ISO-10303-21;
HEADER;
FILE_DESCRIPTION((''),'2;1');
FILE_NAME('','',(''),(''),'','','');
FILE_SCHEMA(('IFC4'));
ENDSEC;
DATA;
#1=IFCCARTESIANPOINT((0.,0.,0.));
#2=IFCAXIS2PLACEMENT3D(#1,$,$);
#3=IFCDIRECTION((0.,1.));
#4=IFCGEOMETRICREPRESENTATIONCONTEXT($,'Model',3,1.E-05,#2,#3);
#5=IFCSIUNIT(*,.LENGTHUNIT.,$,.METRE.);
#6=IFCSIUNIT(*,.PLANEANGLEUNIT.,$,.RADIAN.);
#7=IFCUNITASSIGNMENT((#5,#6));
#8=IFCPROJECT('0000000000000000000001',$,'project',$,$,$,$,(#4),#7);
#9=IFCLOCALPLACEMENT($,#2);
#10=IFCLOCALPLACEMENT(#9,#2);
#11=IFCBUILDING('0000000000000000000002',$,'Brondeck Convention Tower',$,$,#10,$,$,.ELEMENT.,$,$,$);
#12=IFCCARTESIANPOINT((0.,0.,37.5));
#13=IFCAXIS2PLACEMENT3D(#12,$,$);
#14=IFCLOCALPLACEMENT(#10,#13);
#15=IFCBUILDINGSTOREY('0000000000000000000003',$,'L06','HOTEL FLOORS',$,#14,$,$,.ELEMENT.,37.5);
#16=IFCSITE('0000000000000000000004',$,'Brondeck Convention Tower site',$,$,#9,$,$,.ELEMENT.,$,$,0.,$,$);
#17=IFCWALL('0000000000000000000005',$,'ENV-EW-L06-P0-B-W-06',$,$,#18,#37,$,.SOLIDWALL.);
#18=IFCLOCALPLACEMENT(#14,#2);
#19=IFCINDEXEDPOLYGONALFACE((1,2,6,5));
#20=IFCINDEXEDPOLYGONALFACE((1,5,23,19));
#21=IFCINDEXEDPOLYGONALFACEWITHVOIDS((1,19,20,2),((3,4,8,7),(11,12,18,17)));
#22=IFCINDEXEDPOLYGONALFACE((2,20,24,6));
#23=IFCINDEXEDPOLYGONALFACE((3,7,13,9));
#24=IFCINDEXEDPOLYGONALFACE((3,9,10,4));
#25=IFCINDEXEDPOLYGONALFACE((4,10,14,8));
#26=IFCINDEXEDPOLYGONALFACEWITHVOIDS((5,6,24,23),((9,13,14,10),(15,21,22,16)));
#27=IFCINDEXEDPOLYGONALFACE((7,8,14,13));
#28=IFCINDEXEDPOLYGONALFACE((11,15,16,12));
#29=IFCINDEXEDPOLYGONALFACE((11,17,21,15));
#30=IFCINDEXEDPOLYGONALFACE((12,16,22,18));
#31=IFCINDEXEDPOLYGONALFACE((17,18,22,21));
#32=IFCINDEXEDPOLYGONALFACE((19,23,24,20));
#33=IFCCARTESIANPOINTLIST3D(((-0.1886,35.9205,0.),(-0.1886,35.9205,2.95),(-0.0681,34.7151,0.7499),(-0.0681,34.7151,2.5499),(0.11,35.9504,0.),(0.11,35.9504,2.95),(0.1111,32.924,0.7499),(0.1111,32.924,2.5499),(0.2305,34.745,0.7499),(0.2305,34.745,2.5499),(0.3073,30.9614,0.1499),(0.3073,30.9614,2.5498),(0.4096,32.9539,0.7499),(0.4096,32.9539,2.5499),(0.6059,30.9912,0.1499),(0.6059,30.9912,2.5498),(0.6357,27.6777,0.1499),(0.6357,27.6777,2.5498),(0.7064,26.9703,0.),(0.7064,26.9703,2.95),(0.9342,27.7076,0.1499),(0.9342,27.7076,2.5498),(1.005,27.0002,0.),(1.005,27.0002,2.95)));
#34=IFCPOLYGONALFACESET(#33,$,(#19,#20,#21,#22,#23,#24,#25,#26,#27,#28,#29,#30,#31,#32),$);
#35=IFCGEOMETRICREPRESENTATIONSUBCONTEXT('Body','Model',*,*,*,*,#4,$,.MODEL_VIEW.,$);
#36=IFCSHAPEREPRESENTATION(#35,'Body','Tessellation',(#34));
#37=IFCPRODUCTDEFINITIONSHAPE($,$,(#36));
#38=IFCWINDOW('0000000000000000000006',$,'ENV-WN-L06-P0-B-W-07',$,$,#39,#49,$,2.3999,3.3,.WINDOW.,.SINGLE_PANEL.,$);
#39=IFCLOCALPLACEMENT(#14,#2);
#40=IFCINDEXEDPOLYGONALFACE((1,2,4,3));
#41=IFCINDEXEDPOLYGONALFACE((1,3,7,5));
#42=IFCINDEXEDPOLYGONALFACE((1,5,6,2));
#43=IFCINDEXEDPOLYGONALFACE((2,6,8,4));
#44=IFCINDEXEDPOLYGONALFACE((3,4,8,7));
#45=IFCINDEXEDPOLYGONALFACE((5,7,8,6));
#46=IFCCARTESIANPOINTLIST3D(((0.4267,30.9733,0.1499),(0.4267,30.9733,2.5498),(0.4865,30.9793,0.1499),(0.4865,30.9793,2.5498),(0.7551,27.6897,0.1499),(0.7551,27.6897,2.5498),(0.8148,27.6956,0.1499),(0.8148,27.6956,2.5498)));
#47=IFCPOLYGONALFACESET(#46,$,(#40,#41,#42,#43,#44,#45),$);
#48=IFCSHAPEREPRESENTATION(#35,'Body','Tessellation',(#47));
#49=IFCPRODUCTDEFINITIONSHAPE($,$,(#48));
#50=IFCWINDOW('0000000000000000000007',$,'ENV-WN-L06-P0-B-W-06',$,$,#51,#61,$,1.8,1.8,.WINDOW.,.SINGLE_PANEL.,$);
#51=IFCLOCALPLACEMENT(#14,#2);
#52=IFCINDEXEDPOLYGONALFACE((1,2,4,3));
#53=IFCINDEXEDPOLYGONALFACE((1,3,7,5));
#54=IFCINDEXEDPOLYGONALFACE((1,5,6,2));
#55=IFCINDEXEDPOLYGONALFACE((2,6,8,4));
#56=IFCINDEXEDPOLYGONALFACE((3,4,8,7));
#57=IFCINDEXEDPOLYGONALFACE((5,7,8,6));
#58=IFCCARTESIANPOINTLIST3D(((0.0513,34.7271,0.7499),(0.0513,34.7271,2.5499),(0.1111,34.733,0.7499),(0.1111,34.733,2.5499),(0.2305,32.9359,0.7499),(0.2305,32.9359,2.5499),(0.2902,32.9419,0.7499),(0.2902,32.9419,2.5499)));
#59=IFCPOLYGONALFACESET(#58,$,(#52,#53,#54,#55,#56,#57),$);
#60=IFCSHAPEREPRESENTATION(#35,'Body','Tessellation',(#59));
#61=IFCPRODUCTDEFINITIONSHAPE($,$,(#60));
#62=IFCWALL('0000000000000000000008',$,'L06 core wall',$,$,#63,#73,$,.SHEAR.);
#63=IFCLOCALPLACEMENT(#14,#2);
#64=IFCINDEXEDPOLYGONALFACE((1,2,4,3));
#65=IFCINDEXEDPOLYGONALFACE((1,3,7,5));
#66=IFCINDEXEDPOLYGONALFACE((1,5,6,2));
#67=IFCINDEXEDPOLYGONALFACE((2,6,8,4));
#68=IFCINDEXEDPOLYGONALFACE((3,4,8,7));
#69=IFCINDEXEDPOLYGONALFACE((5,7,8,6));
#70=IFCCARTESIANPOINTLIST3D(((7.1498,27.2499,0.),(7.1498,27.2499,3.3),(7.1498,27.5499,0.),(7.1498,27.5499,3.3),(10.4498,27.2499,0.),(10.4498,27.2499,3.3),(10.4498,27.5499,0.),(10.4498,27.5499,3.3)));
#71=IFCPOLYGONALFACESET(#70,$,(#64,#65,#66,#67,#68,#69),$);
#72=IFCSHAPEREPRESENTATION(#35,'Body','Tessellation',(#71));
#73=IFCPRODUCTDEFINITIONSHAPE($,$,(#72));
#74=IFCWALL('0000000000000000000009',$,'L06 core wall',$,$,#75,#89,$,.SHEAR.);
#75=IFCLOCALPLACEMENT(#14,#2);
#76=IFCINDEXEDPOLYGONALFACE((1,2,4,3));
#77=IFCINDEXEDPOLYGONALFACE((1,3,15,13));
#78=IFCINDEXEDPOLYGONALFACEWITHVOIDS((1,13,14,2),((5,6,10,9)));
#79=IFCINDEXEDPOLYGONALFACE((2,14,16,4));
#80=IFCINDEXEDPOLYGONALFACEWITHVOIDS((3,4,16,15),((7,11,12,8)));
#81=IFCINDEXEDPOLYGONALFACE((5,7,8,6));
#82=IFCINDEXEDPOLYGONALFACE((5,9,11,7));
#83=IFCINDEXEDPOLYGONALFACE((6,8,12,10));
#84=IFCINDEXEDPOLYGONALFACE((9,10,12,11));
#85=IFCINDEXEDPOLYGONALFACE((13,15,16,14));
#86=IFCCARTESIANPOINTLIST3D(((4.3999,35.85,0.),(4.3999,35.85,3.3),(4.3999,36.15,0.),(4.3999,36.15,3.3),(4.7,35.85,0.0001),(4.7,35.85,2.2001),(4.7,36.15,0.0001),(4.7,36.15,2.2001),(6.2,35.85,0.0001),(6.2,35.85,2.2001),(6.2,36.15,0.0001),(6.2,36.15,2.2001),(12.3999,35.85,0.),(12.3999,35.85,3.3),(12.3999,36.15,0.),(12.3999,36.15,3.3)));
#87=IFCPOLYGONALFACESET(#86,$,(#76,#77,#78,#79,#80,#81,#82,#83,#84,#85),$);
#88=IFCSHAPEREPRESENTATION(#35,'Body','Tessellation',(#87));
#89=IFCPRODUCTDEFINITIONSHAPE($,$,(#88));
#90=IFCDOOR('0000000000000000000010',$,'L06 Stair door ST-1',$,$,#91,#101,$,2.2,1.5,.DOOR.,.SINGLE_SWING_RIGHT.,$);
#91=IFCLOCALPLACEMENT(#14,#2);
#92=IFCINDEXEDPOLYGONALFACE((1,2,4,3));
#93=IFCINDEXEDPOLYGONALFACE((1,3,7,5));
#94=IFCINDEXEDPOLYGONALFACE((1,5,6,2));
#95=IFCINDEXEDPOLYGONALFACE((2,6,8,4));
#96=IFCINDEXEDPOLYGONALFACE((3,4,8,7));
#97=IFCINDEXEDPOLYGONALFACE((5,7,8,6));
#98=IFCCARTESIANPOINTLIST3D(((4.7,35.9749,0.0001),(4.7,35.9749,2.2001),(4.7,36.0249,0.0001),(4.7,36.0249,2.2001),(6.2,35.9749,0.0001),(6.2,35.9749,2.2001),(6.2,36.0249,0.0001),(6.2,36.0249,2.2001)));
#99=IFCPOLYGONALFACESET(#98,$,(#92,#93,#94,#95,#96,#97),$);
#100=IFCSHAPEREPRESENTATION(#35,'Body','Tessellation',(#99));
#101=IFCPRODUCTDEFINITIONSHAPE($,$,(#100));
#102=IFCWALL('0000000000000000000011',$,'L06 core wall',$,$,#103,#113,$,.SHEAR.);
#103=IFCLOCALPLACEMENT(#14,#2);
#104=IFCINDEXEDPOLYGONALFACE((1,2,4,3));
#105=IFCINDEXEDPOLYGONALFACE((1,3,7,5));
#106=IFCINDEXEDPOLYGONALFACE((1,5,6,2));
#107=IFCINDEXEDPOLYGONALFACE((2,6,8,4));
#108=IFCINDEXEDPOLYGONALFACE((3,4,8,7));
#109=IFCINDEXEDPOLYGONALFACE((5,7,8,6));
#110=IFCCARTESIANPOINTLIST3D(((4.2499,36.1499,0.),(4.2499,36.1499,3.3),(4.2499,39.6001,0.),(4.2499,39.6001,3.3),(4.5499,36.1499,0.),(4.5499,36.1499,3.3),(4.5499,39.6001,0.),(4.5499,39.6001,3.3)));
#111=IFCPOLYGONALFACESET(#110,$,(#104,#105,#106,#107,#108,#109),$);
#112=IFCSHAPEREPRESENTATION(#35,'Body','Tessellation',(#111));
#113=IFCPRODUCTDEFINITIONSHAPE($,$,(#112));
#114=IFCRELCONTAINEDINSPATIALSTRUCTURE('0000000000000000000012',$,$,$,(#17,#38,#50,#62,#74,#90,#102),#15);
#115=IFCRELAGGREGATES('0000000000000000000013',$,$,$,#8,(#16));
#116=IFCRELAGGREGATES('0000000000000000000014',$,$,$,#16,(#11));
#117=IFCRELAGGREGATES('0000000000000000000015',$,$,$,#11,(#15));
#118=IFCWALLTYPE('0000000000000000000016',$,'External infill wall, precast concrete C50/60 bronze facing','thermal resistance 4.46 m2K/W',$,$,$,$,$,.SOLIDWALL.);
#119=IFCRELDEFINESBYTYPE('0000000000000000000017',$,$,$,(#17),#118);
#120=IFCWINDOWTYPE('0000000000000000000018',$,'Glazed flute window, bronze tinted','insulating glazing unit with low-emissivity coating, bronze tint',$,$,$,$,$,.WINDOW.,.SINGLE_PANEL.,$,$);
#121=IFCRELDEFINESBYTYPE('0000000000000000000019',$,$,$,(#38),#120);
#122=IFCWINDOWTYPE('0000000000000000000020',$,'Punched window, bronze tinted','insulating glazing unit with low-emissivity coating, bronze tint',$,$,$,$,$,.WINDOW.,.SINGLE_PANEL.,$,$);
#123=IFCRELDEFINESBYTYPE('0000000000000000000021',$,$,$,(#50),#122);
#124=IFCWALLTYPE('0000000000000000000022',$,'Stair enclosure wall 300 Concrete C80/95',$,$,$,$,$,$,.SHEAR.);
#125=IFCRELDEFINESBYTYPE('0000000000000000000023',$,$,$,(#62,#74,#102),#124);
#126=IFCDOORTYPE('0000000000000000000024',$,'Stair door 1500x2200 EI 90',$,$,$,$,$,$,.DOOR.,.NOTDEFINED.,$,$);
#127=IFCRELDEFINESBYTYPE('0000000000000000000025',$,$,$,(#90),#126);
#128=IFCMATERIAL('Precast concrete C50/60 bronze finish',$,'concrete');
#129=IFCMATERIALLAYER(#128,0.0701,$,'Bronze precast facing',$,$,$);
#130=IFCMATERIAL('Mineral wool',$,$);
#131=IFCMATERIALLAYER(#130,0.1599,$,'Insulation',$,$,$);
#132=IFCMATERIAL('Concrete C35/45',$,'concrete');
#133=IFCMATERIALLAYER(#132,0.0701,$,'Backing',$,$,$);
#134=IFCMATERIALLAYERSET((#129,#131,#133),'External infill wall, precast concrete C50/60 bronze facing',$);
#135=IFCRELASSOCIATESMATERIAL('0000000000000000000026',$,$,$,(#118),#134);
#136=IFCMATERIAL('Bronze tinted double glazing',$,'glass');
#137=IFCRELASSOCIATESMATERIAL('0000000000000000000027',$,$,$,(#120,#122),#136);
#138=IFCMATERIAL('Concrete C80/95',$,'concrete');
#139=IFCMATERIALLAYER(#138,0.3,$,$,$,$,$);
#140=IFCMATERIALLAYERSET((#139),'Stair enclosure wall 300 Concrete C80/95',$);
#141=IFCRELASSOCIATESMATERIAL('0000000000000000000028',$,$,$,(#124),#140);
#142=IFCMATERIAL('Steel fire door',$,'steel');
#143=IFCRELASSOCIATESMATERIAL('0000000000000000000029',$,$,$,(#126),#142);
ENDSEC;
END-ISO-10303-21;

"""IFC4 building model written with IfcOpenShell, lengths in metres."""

from ifc_helpers import new_model, si_unit, direction, frame, frame_2d, origin, place, context, subcontext, project, spatial, rectangle, extrude, material, layer, layer_set, type_object, element, fill, save


model = new_model("IFC4")

# Units and contexts
model_context = context("Model", 3, precision=1e-05, world=origin(), true_north=direction((0.0, 1.0)))
body_context = subcontext(model_context, "Body", "Model", "MODEL_VIEW")
ifc_project = project(units=[si_unit("LENGTHUNIT", "METRE"), si_unit("PLANEANGLEUNIT", "RADIAN")], contexts=[model_context])

# Site, building, storey
site_placement = place(None, origin())
site = spatial("IfcSite", under=ifc_project, at=site_placement, Name="Brondeck Convention Tower site", CompositionType="ELEMENT", RefElevation=0.0)
building_placement = place(site_placement, origin())
building = spatial("IfcBuilding", under=site, at=building_placement, Name="Brondeck Convention Tower", CompositionType="ELEMENT")
storey_placement = place(building_placement, frame((0.0, 0.0, 37.5)))
storey = spatial("IfcBuildingStorey", under=building, at=storey_placement, Name="L06", Description="HOTEL FLOORS", CompositionType="ELEMENT", Elevation=37.5)

# Shared definitions
ifc_material_1 = material(Name="Concrete C80/95", Category="concrete")

# Shared definitions
ifc_material_2 = material(Name="Steel fire door", Category="steel")

# Wall, openings, windows
ifc_material_3 = material(Name="Precast concrete C50/60 bronze finish", Category="concrete")
ifc_layer_1 = layer(ifc_material_3, 0.0701, Name="Bronze precast facing")
ifc_material_4 = material(Name="Mineral wool")
ifc_layer_2 = layer(ifc_material_4, 0.1599, Name="Insulation")
ifc_material_5 = material(Name="Concrete C35/45", Category="concrete")
ifc_layer_3 = layer(ifc_material_5, 0.0701, Name="Backing")
ifc_layer_set_1 = layer_set([ifc_layer_1, ifc_layer_2, ifc_layer_3], Name="External infill wall, precast concrete C50/60 bronze facing")
wall_type_1 = type_object("IfcWallType", Name="External infill wall, precast concrete C50/60 bronze facing", Description="thermal resistance 4.46 m2K/W", PredefinedType="SOLIDWALL", material=ifc_layer_set_1)
wall_1_placement = place(storey_placement, frame((0.8557, 26.9851, 0.0), z_axis=(0.0, 0.0, 1.0), x_axis=(-0.099504, 0.995037, 0.0)))
wall_1 = element("IfcWall", 1, at=wall_1_placement, inside=storey, type_object=wall_type_1, Name="ENV-EW-L06-P0-B-W-06", PredefinedType="SOLIDWALL", context=body_context, shape_type="SweptSolid", body=[
    extrude(rectangle(XDim=8.9949, YDim=0.3, at=frame_2d((4.4976, 0.0))), origin(), (0.0, 0.0, 1.0), 2.95),
])
opening_1_placement = place(wall_1_placement, frame((0.7112, 0.0, 0.1499)))
opening_1 = element("IfcOpeningElement", 2, at=opening_1_placement, cuts=wall_1, PredefinedType="OPENING", context=body_context, shape_type="SweptSolid", body=[
    extrude(rectangle(XDim=3.3, YDim=2.3999, at=frame_2d((1.6499, 1.2))), frame((0.0, 0.1599, 0.0), z_axis=(0.0, -1.0, 0.0), x_axis=(1.0, 0.0, 0.0)), (0.0, 0.0, 1.0), 0.3201),
])
opening_2_placement = place(wall_1_placement, frame((5.9836, 0.0, 0.75)))
opening_2 = element("IfcOpeningElement", 3, at=opening_2_placement, cuts=wall_1, PredefinedType="OPENING", context=body_context, shape_type="SweptSolid", body=[
    extrude(rectangle(XDim=1.8, YDim=1.8, at=frame_2d((0.8999, 0.8999))), frame((0.0, 0.1599, 0.0), z_axis=(0.0, -1.0, 0.0), x_axis=(1.0, 0.0, 0.0)), (0.0, 0.0, 1.0), 0.3201),
])
ifc_material_6 = material(Name="Bronze tinted double glazing", Category="glass")
window_type_1 = type_object("IfcWindowType", Name="Glazed flute window, bronze tinted", Description="insulating glazing unit with low-emissivity coating, bronze tint", PartitioningType="SINGLE_PANEL", PredefinedType="WINDOW", material=ifc_material_6)
window_1_placement = place(opening_1_placement, origin())
window_1 = element("IfcWindow", 4, at=window_1_placement, inside=storey, type_object=window_type_1, Name="ENV-WN-L06-P0-B-W-07", OverallHeight=2.3999, OverallWidth=3.3, PartitioningType="SINGLE_PANEL", PredefinedType="WINDOW", context=body_context, shape_type="SweptSolid", body=[
    extrude(rectangle(XDim=3.3, YDim=2.3999, at=frame_2d((1.6499, 1.2))), frame((0.0, 0.03, 0.0), z_axis=(0.0, -1.0, 0.0), x_axis=(1.0, 0.0, 0.0)), (0.0, 0.0, 1.0), 0.0601),
])
fill(opening_1, window_1)
window_type_2 = type_object("IfcWindowType", Name="Punched window, bronze tinted", Description="insulating glazing unit with low-emissivity coating, bronze tint", PartitioningType="SINGLE_PANEL", PredefinedType="WINDOW", material=ifc_material_6)
window_2_placement = place(opening_2_placement, origin())
window_2 = element("IfcWindow", 5, at=window_2_placement, inside=storey, type_object=window_type_2, Name="ENV-WN-L06-P0-B-W-06", OverallHeight=1.8, OverallWidth=1.8, PartitioningType="SINGLE_PANEL", PredefinedType="WINDOW", context=body_context, shape_type="SweptSolid", body=[
    extrude(rectangle(XDim=1.8, YDim=1.8, at=frame_2d((0.8999, 0.8999))), frame((0.0, 0.03, 0.0), z_axis=(0.0, -1.0, 0.0), x_axis=(1.0, 0.0, 0.0)), (0.0, 0.0, 1.0), 0.0601),
])
fill(opening_2, window_2)

# Wall
ifc_layer_4 = layer(ifc_material_1, 0.3)
ifc_layer_set_2 = layer_set([ifc_layer_4], Name="Stair enclosure wall 300 Concrete C80/95")
wall_type_2 = type_object("IfcWallType", Name="Stair enclosure wall 300 Concrete C80/95", PredefinedType="SHEAR", material=ifc_layer_set_2)
wall_2_placement = place(storey_placement, frame((7.1499, 27.3999, 0.0), z_axis=(0.0, 0.0, 1.0), x_axis=(1.0, 0.0, 0.0)))
element("IfcWall", 6, at=wall_2_placement, inside=storey, type_object=wall_type_2, Name="L06 core wall", PredefinedType="SHEAR", context=body_context, shape_type="SweptSolid", body=[
    extrude(rectangle(XDim=3.3, YDim=0.3, at=frame_2d((1.6499, 0.0))), origin(), (0.0, 0.0, 1.0), 3.3),
])

# Wall, opening, door
wall_3_placement = place(storey_placement, frame((4.3999, 36.0, 0.0), z_axis=(0.0, 0.0, 1.0), x_axis=(1.0, 0.0, 0.0)))
wall_3 = element("IfcWall", 7, at=wall_3_placement, inside=storey, type_object=wall_type_2, Name="L06 core wall", PredefinedType="SHEAR", context=body_context, shape_type="SweptSolid", body=[
    extrude(rectangle(XDim=8.0, YDim=0.3, at=frame_2d((4.0, 0.0))), origin(), (0.0, 0.0, 1.0), 3.3),
])
opening_3_placement = place(wall_3_placement, frame((0.3, 0.0, 0.0)))
opening_3 = element("IfcOpeningElement", 8, at=opening_3_placement, cuts=wall_3, PredefinedType="OPENING", context=body_context, shape_type="SweptSolid", body=[
    extrude(rectangle(XDim=1.5, YDim=2.2, at=frame_2d((0.75, 1.1001))), frame((0.0, 0.1599, 0.0), z_axis=(0.0, -1.0, 0.0), x_axis=(1.0, 0.0, 0.0)), (0.0, 0.0, 1.0), 0.3201),
])
door_type_1 = type_object("IfcDoorType", Name="Stair door 1500x2200 EI 90", OperationType="NOTDEFINED", PredefinedType="DOOR", material=ifc_material_2)
door_1_placement = place(opening_3_placement, origin())
door_1 = element("IfcDoor", 9, at=door_1_placement, inside=storey, type_object=door_type_1, Name="L06 Stair door ST-1", OperationType="SINGLE_SWING_RIGHT", OverallHeight=2.2, OverallWidth=1.5, PredefinedType="DOOR", context=body_context, shape_type="SweptSolid", body=[
    extrude(rectangle(XDim=1.5, YDim=2.2, at=frame_2d((0.75, 1.1001))), frame((0.0, 0.0249, 0.0), z_axis=(0.0, -1.0, 0.0), x_axis=(1.0, 0.0, 0.0)), (0.0, 0.0, 1.0), 0.05),
])
fill(opening_3, door_1)

# Wall
wall_4_placement = place(storey_placement, frame((4.3999, 36.1499, 0.0), z_axis=(0.0, 0.0, 1.0), x_axis=(0.0, 1.0, 0.0)))
element("IfcWall", 10, at=wall_4_placement, inside=storey, type_object=wall_type_2, Name="L06 core wall", PredefinedType="SHEAR", context=body_context, shape_type="SweptSolid", body=[
    extrude(rectangle(XDim=3.4502, YDim=0.3, at=frame_2d((1.7251, 0.0))), origin(), (0.0, 0.0, 1.0), 3.3),
])

save(model, "model.ifc")
